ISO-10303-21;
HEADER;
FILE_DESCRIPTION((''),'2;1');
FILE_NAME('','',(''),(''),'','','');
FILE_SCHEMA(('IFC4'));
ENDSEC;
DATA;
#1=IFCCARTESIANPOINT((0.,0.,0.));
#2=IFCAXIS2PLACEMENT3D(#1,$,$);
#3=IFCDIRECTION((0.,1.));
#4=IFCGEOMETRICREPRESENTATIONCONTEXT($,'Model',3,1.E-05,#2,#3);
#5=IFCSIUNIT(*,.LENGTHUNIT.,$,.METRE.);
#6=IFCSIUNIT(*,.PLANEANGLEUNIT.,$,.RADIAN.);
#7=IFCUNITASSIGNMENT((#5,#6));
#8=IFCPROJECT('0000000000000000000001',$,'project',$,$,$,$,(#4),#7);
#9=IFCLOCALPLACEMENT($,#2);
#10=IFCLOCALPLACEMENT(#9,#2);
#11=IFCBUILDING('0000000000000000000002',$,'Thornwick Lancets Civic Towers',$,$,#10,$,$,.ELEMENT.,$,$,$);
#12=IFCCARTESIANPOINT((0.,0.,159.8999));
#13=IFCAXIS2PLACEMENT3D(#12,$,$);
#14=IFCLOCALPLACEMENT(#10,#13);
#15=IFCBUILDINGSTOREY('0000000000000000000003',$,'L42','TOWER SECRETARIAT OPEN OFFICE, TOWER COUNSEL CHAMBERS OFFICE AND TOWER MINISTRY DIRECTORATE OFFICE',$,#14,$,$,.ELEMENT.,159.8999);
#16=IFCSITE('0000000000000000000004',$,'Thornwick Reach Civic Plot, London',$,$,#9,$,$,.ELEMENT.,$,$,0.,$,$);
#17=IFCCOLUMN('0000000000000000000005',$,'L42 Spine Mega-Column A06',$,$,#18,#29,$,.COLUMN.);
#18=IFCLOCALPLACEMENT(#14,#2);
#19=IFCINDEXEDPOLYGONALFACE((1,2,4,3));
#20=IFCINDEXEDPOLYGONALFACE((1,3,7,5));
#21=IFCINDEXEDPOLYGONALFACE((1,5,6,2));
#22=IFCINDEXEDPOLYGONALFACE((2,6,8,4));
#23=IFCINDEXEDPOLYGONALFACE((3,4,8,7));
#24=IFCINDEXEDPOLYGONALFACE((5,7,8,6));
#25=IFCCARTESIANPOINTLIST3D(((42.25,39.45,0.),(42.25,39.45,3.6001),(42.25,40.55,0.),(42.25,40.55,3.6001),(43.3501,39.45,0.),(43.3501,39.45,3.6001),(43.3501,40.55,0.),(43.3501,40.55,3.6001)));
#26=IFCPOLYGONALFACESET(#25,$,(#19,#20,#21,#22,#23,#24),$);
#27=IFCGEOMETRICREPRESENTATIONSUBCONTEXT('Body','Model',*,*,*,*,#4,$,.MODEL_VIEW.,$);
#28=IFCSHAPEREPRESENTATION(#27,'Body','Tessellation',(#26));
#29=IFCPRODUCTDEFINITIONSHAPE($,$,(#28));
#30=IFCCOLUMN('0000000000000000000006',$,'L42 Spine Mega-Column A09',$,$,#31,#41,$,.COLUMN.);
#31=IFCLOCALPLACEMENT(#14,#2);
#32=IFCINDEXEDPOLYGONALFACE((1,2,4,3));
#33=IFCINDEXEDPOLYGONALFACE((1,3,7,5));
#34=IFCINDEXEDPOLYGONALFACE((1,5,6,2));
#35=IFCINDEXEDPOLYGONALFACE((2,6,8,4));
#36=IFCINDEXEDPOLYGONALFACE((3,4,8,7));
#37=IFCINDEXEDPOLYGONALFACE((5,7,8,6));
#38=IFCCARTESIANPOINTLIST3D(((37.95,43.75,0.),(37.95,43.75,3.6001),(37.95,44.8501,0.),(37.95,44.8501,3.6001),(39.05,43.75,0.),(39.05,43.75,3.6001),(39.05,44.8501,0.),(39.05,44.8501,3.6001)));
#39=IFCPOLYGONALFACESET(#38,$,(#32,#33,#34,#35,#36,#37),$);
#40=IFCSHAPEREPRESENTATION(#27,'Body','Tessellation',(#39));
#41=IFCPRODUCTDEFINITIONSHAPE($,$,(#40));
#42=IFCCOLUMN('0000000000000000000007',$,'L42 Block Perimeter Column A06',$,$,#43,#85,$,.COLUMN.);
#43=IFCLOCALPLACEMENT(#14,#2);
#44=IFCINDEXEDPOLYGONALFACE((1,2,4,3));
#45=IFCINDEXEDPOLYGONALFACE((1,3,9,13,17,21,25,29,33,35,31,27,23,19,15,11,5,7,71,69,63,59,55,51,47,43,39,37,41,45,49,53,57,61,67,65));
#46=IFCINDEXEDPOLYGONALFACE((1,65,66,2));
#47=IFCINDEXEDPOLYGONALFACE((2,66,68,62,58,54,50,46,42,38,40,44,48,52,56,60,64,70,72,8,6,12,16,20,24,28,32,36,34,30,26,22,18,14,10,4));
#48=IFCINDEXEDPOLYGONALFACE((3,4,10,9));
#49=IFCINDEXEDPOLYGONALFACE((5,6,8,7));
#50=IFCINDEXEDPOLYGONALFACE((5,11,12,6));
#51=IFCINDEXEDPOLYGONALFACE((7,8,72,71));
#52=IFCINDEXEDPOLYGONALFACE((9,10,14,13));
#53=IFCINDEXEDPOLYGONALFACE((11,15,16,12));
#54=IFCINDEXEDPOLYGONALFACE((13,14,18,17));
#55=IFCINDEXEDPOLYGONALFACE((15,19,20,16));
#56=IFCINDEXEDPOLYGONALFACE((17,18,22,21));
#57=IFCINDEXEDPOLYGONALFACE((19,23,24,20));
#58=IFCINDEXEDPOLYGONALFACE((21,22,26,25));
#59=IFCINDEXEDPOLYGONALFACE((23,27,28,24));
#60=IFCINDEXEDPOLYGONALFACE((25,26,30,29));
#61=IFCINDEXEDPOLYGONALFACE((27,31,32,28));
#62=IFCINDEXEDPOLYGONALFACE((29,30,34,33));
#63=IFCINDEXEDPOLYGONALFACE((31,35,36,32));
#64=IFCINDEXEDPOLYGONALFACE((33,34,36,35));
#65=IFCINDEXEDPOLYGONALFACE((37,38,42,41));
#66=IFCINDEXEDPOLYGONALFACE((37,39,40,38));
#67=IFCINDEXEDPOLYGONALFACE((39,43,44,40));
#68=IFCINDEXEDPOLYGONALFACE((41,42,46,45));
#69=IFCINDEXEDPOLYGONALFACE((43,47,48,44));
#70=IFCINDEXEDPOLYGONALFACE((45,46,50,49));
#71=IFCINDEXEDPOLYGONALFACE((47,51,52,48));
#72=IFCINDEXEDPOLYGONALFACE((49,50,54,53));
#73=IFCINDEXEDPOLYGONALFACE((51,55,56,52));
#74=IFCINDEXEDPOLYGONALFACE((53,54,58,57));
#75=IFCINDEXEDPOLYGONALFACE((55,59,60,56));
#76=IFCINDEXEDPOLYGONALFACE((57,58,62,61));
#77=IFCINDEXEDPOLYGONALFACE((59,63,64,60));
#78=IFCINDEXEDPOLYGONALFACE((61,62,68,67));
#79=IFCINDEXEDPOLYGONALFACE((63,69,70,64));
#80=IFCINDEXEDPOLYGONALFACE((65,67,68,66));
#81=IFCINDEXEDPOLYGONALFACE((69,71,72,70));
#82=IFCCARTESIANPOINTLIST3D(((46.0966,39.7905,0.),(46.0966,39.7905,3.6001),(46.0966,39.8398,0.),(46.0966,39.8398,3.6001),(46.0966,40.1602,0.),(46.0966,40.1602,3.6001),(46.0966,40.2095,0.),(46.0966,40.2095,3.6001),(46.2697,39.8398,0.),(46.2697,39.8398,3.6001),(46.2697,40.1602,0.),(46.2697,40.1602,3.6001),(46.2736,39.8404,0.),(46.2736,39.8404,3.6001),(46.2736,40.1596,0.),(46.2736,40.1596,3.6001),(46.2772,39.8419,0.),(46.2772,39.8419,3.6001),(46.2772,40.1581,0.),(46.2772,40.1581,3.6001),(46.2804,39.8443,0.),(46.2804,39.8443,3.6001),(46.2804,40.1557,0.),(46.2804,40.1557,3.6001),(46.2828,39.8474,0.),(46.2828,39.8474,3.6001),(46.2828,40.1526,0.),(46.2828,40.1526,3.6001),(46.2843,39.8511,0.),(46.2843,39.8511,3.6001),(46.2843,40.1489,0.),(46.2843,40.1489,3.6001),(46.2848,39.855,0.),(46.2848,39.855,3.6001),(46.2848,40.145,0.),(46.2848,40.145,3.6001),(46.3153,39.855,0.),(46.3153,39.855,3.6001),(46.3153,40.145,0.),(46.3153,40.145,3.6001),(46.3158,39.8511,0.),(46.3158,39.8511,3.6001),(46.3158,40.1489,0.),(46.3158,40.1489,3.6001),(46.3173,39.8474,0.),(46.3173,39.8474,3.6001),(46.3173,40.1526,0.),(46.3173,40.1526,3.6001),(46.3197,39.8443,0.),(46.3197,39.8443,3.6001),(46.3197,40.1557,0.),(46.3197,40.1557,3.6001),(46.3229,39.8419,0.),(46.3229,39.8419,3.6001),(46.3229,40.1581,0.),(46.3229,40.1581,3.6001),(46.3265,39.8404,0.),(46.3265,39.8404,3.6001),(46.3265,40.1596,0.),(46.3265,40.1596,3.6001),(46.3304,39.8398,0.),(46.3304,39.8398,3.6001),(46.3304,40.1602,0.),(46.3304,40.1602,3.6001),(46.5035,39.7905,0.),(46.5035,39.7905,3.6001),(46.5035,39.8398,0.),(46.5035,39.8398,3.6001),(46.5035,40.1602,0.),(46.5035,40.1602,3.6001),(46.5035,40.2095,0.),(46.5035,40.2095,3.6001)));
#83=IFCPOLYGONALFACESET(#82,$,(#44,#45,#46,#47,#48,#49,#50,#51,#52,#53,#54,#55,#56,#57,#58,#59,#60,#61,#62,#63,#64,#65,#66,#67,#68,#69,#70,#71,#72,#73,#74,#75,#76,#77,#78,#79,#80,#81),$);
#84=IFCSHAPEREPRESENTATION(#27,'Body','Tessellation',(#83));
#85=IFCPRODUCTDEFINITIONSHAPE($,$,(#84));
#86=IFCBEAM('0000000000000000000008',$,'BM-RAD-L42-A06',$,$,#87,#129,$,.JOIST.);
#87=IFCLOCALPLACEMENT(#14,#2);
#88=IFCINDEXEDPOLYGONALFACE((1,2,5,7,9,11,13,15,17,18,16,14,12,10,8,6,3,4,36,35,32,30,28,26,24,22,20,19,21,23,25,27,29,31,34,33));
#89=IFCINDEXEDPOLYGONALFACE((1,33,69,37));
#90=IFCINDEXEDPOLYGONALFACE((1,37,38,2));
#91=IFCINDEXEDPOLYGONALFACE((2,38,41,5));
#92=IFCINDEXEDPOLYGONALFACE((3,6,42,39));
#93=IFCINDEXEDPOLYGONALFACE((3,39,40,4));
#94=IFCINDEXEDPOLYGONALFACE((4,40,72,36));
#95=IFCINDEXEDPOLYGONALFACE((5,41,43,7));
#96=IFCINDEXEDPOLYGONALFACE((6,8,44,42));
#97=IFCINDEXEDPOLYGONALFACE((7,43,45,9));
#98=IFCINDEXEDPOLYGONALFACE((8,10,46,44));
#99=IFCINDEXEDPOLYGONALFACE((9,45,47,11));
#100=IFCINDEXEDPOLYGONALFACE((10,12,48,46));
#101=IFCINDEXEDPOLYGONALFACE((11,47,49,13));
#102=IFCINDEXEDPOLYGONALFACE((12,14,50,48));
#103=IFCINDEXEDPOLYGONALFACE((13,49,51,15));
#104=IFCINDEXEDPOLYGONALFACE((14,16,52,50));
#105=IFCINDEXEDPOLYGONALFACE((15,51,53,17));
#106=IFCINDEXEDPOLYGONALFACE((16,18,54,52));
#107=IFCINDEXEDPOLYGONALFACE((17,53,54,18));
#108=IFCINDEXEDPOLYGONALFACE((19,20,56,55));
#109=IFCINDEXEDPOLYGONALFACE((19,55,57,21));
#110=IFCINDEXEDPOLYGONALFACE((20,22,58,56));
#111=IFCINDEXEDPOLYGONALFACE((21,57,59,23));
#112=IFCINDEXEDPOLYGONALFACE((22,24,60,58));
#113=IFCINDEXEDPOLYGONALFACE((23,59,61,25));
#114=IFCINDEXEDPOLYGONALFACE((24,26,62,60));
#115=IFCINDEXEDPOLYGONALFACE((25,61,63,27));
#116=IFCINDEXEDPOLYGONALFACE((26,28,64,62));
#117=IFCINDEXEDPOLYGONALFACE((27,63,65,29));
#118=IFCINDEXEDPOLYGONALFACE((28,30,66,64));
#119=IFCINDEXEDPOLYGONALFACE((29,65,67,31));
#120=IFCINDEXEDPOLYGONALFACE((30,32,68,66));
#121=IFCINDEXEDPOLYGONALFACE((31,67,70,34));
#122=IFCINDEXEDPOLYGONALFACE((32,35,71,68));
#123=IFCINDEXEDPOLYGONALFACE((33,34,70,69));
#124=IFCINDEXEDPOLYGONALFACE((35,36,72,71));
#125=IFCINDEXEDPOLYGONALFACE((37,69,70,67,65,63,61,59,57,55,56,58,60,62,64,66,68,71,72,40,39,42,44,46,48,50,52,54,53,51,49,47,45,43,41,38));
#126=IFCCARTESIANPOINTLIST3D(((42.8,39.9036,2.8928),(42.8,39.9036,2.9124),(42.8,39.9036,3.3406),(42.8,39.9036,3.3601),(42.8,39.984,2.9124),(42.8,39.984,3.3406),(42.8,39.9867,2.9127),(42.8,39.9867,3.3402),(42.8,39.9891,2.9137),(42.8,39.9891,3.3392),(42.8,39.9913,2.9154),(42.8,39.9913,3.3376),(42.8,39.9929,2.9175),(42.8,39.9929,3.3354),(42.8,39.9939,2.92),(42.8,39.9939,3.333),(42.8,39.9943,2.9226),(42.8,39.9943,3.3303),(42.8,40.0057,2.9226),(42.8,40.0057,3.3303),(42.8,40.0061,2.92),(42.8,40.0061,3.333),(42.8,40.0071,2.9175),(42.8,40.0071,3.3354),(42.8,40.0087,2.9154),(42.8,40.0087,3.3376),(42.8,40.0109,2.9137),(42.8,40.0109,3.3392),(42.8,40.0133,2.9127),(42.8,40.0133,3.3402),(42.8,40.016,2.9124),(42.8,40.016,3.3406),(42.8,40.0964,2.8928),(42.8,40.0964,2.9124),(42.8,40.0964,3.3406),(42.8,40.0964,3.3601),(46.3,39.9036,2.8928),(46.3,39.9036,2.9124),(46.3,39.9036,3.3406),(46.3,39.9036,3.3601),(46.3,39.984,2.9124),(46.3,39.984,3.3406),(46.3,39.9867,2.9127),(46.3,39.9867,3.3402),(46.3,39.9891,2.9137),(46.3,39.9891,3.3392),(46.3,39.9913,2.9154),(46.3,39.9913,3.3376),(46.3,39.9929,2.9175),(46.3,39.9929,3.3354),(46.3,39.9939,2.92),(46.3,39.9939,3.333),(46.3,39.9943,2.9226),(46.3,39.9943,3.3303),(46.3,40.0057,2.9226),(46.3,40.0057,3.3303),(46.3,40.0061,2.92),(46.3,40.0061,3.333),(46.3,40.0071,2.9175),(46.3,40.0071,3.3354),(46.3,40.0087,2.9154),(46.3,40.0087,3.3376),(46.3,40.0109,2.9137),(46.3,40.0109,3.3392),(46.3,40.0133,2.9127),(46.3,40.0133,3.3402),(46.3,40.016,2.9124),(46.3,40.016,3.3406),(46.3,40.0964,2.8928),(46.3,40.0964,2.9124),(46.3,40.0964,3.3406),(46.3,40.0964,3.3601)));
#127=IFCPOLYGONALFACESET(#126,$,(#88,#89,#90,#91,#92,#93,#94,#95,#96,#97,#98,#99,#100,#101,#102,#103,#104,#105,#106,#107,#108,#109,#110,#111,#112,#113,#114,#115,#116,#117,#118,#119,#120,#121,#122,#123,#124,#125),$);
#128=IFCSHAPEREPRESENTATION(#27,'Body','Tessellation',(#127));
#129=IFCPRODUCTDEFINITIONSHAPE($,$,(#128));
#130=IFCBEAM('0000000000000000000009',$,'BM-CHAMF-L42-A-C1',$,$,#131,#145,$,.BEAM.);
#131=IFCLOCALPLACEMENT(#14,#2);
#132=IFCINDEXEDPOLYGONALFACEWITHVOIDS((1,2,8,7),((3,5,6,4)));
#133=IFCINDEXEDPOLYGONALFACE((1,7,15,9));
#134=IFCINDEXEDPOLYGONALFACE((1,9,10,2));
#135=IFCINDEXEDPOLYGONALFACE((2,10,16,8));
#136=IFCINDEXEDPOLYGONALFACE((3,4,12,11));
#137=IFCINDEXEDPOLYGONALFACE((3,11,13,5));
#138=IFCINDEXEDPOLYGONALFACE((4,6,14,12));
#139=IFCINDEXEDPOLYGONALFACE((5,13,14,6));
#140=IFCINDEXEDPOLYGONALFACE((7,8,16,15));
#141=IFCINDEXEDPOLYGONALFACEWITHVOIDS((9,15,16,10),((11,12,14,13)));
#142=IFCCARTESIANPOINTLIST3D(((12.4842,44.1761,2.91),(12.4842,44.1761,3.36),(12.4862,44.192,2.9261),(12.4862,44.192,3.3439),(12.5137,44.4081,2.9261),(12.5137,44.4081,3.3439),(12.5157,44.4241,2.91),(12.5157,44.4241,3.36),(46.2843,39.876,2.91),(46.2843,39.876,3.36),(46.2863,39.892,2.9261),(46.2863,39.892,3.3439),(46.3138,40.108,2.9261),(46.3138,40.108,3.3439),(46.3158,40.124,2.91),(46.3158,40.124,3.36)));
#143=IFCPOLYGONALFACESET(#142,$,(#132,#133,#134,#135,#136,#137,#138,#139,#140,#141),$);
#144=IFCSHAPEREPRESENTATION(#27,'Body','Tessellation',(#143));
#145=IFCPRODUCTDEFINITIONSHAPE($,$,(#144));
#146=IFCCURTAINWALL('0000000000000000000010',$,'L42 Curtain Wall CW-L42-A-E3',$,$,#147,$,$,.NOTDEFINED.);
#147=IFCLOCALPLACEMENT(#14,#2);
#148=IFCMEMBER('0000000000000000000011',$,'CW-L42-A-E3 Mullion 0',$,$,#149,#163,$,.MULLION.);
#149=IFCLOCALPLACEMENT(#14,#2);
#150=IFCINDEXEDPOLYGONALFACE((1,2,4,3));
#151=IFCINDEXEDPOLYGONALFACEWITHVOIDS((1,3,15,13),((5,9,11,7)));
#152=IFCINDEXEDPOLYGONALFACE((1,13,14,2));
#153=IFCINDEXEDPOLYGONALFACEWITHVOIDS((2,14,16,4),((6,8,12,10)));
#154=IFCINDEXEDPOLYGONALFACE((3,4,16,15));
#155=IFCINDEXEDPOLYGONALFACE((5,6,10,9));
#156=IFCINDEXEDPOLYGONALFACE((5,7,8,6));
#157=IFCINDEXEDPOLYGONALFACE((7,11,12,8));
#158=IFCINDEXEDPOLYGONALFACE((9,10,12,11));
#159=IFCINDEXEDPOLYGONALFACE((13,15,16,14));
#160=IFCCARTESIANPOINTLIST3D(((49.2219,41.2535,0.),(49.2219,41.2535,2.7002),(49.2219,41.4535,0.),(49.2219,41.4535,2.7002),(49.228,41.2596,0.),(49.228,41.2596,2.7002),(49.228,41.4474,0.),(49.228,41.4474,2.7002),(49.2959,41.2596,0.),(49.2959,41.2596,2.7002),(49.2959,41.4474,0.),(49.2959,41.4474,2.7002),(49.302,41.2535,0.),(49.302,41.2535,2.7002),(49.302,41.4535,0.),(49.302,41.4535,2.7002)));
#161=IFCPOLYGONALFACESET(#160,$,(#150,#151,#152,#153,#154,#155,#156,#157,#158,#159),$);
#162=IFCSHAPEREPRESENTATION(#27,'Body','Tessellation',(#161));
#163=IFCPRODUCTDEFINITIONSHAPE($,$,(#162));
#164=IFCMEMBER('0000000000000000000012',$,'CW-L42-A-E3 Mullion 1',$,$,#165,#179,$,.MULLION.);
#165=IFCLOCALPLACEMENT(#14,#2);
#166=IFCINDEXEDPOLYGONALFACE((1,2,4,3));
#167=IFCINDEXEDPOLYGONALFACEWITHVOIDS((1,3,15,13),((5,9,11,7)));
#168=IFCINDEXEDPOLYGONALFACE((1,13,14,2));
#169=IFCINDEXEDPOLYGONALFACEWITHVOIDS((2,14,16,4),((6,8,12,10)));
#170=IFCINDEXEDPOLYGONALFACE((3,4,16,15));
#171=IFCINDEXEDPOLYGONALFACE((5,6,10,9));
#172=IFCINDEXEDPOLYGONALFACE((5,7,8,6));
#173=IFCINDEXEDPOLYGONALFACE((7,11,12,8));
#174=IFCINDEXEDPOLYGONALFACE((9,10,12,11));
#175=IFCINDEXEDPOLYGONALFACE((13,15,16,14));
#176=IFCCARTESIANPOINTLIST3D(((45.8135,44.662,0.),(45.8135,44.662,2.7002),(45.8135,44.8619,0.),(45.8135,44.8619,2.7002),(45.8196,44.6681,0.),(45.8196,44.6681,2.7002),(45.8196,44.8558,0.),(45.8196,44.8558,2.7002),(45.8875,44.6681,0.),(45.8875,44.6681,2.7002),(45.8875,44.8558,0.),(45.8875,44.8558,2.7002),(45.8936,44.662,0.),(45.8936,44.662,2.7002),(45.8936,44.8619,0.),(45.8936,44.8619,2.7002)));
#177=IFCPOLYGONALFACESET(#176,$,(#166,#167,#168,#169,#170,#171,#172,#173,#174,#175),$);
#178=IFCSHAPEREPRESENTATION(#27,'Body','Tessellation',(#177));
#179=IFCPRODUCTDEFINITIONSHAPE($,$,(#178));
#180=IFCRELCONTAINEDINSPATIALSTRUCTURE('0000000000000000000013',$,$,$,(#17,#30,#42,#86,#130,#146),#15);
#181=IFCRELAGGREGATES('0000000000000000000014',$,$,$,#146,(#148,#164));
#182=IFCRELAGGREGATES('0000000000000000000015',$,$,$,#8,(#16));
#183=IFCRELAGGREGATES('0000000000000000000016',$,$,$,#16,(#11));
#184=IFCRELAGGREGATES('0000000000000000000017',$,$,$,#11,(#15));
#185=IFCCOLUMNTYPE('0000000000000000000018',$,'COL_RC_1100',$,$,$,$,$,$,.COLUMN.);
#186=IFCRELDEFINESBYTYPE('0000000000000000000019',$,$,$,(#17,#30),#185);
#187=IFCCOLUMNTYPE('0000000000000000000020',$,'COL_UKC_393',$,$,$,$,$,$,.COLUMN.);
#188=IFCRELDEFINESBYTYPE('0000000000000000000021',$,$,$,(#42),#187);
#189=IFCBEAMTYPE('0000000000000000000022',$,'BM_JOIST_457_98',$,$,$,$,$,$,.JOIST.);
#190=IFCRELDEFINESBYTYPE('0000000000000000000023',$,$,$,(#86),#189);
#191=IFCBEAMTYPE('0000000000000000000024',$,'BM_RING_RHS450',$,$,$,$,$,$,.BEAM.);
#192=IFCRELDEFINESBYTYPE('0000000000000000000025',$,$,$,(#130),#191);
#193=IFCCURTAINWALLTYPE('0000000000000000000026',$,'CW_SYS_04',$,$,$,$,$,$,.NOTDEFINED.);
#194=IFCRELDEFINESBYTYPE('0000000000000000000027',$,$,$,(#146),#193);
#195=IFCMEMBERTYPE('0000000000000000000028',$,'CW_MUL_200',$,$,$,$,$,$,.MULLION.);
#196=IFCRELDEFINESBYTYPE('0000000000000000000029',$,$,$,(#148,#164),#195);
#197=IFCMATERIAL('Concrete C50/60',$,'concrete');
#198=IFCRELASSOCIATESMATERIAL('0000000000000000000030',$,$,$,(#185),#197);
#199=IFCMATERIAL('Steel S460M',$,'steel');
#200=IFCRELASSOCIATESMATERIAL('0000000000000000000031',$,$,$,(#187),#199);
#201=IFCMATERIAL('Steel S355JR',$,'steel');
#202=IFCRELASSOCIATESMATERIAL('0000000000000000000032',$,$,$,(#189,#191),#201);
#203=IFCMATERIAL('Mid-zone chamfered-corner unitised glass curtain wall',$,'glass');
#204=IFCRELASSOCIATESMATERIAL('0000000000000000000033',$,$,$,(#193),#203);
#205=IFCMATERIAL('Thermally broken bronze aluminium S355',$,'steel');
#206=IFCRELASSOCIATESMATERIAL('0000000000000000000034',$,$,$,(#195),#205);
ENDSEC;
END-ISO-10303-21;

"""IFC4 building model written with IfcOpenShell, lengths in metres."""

from ifc_helpers import new_model, si_unit, direction, frame, origin, origin_2d, place, context, subcontext, project, spatial, rectangle, hollow_rectangle, i_section, extrude, material, material_profile, profile_set, type_object, element, aggregate, save


model = new_model("IFC4")

# Units and contexts
model_context = context("Model", 3, precision=1e-05, world=origin(), true_north=direction((0.0, 1.0)))
body_context = subcontext(model_context, "Body", "Model", "MODEL_VIEW")
ifc_project = project(units=[si_unit("LENGTHUNIT", "METRE"), si_unit("PLANEANGLEUNIT", "RADIAN")], contexts=[model_context])

# Site, building, storey
site_placement = place(None, origin())
site = spatial("IfcSite", under=ifc_project, at=site_placement, Name="Thornwick Reach Civic Plot, London", CompositionType="ELEMENT", RefElevation=0.0)
building_placement = place(site_placement, origin())
building = spatial("IfcBuilding", under=site, at=building_placement, Name="Thornwick Lancets Civic Towers", CompositionType="ELEMENT")
storey_placement = place(building_placement, frame((0.0, 0.0, 159.8999)))
storey = spatial("IfcBuildingStorey", under=building, at=storey_placement, Name="L42", Description="TOWER SECRETARIAT OPEN OFFICE, TOWER COUNSEL CHAMBERS OFFICE AND TOWER MINISTRY DIRECTORATE OFFICE", CompositionType="ELEMENT", Elevation=159.8999)

# Columns
ifc_material_1 = material(Name="Concrete C50/60", Category="concrete")
ifc_material_profile_1 = material_profile(ifc_material_1, rectangle(XDim=1.1001, YDim=1.1001, at=origin_2d()), Name="RC 1100x1100")
ifc_profile_set_1 = profile_set([ifc_material_profile_1], Name="Concrete C50/60")
column_type_1 = type_object("IfcColumnType", Name="COL_RC_1100", PredefinedType="COLUMN", material=ifc_profile_set_1)
for number, where, z_axis, x_axis, name in (
    (1, (42.8, 40.0, 0.0), (0.0, 0.0, 1.0), (1.0, 0.0, 0.0), "L42 Spine Mega-Column A06"),
    (2, (38.5, 44.3, 0.0), (0.0, 0.0, 1.0), (1.0, 0.0, 0.0), "L42 Spine Mega-Column A09"),
):
    element("IfcColumn", number, at=place(storey_placement, frame(where, z_axis=z_axis, x_axis=x_axis)), inside=storey, type_object=column_type_1, Name=name, PredefinedType="COLUMN", context=body_context, shape_type="SweptSolid", body=[
        extrude(rectangle(XDim=1.1001, YDim=1.1001, at=origin_2d()), origin(), (0.0, 0.0, 1.0), 3.6001),
    ])
ifc_material_2 = material(Name="Steel S460M", Category="steel")
ifc_material_profile_2 = material_profile(ifc_material_2, i_section(OverallWidth=0.407, OverallDepth=0.4189, WebThickness=0.0305, FlangeThickness=0.0493, FilletRadius=0.0151, at=origin_2d()), Name="UKC 356x406x393")
ifc_profile_set_2 = profile_set([ifc_material_profile_2], Name="Steel S460M")
column_type_2 = type_object("IfcColumnType", Name="COL_UKC_393", PredefinedType="COLUMN", material=ifc_profile_set_2)
column_placement = place(storey_placement, frame((46.3, 40.0, 0.0), z_axis=(0.0, 0.0, 1.0), x_axis=(1.0, 0.0, 0.0)))
element("IfcColumn", 3, at=column_placement, inside=storey, type_object=column_type_2, Name="L42 Block Perimeter Column A06", PredefinedType="COLUMN", context=body_context, shape_type="SweptSolid", body=[
    extrude(i_section(OverallWidth=0.407, OverallDepth=0.4189, WebThickness=0.0305, FlangeThickness=0.0493, FilletRadius=0.0151, at=origin_2d()), origin(), (0.0, 0.0, 1.0), 3.6001),
])

# Beams
ifc_material_3 = material(Name="Steel S355JR", Category="steel")
ifc_material_profile_3 = material_profile(ifc_material_3, i_section(OverallWidth=0.1929, OverallDepth=0.4673, WebThickness=0.0115, FlangeThickness=0.0195, FilletRadius=0.0103, at=origin_2d()), Name="UKB 457x191x98")
ifc_profile_set_3 = profile_set([ifc_material_profile_3], Name="Steel S355JR")
beam_type_1 = type_object("IfcBeamType", Name="BM_JOIST_457_98", PredefinedType="JOIST", material=ifc_profile_set_3)
beam_1_placement = place(storey_placement, frame((42.8, 40.0, 3.1265), z_axis=(1.0, 0.0, 0.0), x_axis=(0.0, 1.0, 0.0)))
element("IfcBeam", 4, at=beam_1_placement, inside=storey, type_object=beam_type_1, Name="BM-RAD-L42-A06", PredefinedType="JOIST", context=body_context, shape_type="SweptSolid", body=[
    extrude(i_section(OverallWidth=0.1929, OverallDepth=0.4673, WebThickness=0.0115, FlangeThickness=0.0195, FilletRadius=0.0103, at=origin_2d()), origin(), (0.0, 0.0, 1.0), 3.5),
])
ifc_material_profile_4 = material_profile(ifc_material_3, hollow_rectangle(XDim=0.25, YDim=0.45, WallThickness=0.0161, at=origin_2d()), Name="RHS 450x250x16")
ifc_profile_set_4 = profile_set([ifc_material_profile_4], Name="Steel S355JR")
beam_type_2 = type_object("IfcBeamType", Name="BM_RING_RHS450", PredefinedType="BEAM", material=ifc_profile_set_4)
beam_2_placement = place(storey_placement, frame((46.3, 40.0, 3.135), z_axis=(-0.992004, 0.126203, 0.0), x_axis=(-0.126203, -0.992004, 0.0)))
element("IfcBeam", 5, at=beam_2_placement, inside=storey, type_object=beam_type_2, Name="BM-CHAMF-L42-A-C1", PredefinedType="BEAM", context=body_context, shape_type="SweptSolid", body=[
    extrude(hollow_rectangle(XDim=0.25, YDim=0.45, WallThickness=0.0161, at=origin_2d()), origin(), (0.0, 0.0, 1.0), 34.0725),
])

# Curtain wall, members
ifc_material_4 = material(Name="Mid-zone chamfered-corner unitised glass curtain wall", Category="glass")
curtain_wall_type = type_object("IfcCurtainWallType", Name="CW_SYS_04", PredefinedType="NOTDEFINED", material=ifc_material_4)
curtain_wall_placement = place(storey_placement, origin())
curtain_wall = element("IfcCurtainWall", 6, at=curtain_wall_placement, inside=storey, type_object=curtain_wall_type, Name="L42 Curtain Wall CW-L42-A-E3", PredefinedType="NOTDEFINED")
ifc_material_5 = material(Name="Thermally broken bronze aluminium S355", Category="steel")
ifc_material_profile_5 = material_profile(ifc_material_5, hollow_rectangle(XDim=0.0801, YDim=0.2, WallThickness=0.0061, at=origin_2d()), Name="RHS 200x80x6")
ifc_profile_set_5 = profile_set([ifc_material_profile_5], Name="Thermally broken bronze aluminium S355")
member_type_1 = type_object("IfcMemberType", Name="CW_MUL_200", PredefinedType="MULLION", material=ifc_profile_set_5)
member_1_placement = place(storey_placement, frame((49.262, 41.3535, 0.0), z_axis=(0.0, 0.0, 1.0), x_axis=(1.0, 0.0, 0.0)))
member_1 = element("IfcMember", 7, at=member_1_placement, type_object=member_type_1, Name="CW-L42-A-E3 Mullion 0", PredefinedType="MULLION", context=body_context, shape_type="SweptSolid", body=[
    extrude(hollow_rectangle(XDim=0.0801, YDim=0.2, WallThickness=0.0061, at=origin_2d()), origin(), (0.0, 0.0, 1.0), 2.7002),
])
member_2_placement = place(storey_placement, frame((45.8535, 44.762, 0.0), z_axis=(0.0, 0.0, 1.0), x_axis=(1.0, 0.0, 0.0)))
member_2 = element("IfcMember", 8, at=member_2_placement, type_object=member_type_1, Name="CW-L42-A-E3 Mullion 1", PredefinedType="MULLION", context=body_context, shape_type="SweptSolid", body=[
    extrude(hollow_rectangle(XDim=0.0801, YDim=0.2, WallThickness=0.0061, at=origin_2d()), origin(), (0.0, 0.0, 1.0), 2.7002),
])
aggregate(curtain_wall, [member_1, member_2])

save(model, "model.ifc")
